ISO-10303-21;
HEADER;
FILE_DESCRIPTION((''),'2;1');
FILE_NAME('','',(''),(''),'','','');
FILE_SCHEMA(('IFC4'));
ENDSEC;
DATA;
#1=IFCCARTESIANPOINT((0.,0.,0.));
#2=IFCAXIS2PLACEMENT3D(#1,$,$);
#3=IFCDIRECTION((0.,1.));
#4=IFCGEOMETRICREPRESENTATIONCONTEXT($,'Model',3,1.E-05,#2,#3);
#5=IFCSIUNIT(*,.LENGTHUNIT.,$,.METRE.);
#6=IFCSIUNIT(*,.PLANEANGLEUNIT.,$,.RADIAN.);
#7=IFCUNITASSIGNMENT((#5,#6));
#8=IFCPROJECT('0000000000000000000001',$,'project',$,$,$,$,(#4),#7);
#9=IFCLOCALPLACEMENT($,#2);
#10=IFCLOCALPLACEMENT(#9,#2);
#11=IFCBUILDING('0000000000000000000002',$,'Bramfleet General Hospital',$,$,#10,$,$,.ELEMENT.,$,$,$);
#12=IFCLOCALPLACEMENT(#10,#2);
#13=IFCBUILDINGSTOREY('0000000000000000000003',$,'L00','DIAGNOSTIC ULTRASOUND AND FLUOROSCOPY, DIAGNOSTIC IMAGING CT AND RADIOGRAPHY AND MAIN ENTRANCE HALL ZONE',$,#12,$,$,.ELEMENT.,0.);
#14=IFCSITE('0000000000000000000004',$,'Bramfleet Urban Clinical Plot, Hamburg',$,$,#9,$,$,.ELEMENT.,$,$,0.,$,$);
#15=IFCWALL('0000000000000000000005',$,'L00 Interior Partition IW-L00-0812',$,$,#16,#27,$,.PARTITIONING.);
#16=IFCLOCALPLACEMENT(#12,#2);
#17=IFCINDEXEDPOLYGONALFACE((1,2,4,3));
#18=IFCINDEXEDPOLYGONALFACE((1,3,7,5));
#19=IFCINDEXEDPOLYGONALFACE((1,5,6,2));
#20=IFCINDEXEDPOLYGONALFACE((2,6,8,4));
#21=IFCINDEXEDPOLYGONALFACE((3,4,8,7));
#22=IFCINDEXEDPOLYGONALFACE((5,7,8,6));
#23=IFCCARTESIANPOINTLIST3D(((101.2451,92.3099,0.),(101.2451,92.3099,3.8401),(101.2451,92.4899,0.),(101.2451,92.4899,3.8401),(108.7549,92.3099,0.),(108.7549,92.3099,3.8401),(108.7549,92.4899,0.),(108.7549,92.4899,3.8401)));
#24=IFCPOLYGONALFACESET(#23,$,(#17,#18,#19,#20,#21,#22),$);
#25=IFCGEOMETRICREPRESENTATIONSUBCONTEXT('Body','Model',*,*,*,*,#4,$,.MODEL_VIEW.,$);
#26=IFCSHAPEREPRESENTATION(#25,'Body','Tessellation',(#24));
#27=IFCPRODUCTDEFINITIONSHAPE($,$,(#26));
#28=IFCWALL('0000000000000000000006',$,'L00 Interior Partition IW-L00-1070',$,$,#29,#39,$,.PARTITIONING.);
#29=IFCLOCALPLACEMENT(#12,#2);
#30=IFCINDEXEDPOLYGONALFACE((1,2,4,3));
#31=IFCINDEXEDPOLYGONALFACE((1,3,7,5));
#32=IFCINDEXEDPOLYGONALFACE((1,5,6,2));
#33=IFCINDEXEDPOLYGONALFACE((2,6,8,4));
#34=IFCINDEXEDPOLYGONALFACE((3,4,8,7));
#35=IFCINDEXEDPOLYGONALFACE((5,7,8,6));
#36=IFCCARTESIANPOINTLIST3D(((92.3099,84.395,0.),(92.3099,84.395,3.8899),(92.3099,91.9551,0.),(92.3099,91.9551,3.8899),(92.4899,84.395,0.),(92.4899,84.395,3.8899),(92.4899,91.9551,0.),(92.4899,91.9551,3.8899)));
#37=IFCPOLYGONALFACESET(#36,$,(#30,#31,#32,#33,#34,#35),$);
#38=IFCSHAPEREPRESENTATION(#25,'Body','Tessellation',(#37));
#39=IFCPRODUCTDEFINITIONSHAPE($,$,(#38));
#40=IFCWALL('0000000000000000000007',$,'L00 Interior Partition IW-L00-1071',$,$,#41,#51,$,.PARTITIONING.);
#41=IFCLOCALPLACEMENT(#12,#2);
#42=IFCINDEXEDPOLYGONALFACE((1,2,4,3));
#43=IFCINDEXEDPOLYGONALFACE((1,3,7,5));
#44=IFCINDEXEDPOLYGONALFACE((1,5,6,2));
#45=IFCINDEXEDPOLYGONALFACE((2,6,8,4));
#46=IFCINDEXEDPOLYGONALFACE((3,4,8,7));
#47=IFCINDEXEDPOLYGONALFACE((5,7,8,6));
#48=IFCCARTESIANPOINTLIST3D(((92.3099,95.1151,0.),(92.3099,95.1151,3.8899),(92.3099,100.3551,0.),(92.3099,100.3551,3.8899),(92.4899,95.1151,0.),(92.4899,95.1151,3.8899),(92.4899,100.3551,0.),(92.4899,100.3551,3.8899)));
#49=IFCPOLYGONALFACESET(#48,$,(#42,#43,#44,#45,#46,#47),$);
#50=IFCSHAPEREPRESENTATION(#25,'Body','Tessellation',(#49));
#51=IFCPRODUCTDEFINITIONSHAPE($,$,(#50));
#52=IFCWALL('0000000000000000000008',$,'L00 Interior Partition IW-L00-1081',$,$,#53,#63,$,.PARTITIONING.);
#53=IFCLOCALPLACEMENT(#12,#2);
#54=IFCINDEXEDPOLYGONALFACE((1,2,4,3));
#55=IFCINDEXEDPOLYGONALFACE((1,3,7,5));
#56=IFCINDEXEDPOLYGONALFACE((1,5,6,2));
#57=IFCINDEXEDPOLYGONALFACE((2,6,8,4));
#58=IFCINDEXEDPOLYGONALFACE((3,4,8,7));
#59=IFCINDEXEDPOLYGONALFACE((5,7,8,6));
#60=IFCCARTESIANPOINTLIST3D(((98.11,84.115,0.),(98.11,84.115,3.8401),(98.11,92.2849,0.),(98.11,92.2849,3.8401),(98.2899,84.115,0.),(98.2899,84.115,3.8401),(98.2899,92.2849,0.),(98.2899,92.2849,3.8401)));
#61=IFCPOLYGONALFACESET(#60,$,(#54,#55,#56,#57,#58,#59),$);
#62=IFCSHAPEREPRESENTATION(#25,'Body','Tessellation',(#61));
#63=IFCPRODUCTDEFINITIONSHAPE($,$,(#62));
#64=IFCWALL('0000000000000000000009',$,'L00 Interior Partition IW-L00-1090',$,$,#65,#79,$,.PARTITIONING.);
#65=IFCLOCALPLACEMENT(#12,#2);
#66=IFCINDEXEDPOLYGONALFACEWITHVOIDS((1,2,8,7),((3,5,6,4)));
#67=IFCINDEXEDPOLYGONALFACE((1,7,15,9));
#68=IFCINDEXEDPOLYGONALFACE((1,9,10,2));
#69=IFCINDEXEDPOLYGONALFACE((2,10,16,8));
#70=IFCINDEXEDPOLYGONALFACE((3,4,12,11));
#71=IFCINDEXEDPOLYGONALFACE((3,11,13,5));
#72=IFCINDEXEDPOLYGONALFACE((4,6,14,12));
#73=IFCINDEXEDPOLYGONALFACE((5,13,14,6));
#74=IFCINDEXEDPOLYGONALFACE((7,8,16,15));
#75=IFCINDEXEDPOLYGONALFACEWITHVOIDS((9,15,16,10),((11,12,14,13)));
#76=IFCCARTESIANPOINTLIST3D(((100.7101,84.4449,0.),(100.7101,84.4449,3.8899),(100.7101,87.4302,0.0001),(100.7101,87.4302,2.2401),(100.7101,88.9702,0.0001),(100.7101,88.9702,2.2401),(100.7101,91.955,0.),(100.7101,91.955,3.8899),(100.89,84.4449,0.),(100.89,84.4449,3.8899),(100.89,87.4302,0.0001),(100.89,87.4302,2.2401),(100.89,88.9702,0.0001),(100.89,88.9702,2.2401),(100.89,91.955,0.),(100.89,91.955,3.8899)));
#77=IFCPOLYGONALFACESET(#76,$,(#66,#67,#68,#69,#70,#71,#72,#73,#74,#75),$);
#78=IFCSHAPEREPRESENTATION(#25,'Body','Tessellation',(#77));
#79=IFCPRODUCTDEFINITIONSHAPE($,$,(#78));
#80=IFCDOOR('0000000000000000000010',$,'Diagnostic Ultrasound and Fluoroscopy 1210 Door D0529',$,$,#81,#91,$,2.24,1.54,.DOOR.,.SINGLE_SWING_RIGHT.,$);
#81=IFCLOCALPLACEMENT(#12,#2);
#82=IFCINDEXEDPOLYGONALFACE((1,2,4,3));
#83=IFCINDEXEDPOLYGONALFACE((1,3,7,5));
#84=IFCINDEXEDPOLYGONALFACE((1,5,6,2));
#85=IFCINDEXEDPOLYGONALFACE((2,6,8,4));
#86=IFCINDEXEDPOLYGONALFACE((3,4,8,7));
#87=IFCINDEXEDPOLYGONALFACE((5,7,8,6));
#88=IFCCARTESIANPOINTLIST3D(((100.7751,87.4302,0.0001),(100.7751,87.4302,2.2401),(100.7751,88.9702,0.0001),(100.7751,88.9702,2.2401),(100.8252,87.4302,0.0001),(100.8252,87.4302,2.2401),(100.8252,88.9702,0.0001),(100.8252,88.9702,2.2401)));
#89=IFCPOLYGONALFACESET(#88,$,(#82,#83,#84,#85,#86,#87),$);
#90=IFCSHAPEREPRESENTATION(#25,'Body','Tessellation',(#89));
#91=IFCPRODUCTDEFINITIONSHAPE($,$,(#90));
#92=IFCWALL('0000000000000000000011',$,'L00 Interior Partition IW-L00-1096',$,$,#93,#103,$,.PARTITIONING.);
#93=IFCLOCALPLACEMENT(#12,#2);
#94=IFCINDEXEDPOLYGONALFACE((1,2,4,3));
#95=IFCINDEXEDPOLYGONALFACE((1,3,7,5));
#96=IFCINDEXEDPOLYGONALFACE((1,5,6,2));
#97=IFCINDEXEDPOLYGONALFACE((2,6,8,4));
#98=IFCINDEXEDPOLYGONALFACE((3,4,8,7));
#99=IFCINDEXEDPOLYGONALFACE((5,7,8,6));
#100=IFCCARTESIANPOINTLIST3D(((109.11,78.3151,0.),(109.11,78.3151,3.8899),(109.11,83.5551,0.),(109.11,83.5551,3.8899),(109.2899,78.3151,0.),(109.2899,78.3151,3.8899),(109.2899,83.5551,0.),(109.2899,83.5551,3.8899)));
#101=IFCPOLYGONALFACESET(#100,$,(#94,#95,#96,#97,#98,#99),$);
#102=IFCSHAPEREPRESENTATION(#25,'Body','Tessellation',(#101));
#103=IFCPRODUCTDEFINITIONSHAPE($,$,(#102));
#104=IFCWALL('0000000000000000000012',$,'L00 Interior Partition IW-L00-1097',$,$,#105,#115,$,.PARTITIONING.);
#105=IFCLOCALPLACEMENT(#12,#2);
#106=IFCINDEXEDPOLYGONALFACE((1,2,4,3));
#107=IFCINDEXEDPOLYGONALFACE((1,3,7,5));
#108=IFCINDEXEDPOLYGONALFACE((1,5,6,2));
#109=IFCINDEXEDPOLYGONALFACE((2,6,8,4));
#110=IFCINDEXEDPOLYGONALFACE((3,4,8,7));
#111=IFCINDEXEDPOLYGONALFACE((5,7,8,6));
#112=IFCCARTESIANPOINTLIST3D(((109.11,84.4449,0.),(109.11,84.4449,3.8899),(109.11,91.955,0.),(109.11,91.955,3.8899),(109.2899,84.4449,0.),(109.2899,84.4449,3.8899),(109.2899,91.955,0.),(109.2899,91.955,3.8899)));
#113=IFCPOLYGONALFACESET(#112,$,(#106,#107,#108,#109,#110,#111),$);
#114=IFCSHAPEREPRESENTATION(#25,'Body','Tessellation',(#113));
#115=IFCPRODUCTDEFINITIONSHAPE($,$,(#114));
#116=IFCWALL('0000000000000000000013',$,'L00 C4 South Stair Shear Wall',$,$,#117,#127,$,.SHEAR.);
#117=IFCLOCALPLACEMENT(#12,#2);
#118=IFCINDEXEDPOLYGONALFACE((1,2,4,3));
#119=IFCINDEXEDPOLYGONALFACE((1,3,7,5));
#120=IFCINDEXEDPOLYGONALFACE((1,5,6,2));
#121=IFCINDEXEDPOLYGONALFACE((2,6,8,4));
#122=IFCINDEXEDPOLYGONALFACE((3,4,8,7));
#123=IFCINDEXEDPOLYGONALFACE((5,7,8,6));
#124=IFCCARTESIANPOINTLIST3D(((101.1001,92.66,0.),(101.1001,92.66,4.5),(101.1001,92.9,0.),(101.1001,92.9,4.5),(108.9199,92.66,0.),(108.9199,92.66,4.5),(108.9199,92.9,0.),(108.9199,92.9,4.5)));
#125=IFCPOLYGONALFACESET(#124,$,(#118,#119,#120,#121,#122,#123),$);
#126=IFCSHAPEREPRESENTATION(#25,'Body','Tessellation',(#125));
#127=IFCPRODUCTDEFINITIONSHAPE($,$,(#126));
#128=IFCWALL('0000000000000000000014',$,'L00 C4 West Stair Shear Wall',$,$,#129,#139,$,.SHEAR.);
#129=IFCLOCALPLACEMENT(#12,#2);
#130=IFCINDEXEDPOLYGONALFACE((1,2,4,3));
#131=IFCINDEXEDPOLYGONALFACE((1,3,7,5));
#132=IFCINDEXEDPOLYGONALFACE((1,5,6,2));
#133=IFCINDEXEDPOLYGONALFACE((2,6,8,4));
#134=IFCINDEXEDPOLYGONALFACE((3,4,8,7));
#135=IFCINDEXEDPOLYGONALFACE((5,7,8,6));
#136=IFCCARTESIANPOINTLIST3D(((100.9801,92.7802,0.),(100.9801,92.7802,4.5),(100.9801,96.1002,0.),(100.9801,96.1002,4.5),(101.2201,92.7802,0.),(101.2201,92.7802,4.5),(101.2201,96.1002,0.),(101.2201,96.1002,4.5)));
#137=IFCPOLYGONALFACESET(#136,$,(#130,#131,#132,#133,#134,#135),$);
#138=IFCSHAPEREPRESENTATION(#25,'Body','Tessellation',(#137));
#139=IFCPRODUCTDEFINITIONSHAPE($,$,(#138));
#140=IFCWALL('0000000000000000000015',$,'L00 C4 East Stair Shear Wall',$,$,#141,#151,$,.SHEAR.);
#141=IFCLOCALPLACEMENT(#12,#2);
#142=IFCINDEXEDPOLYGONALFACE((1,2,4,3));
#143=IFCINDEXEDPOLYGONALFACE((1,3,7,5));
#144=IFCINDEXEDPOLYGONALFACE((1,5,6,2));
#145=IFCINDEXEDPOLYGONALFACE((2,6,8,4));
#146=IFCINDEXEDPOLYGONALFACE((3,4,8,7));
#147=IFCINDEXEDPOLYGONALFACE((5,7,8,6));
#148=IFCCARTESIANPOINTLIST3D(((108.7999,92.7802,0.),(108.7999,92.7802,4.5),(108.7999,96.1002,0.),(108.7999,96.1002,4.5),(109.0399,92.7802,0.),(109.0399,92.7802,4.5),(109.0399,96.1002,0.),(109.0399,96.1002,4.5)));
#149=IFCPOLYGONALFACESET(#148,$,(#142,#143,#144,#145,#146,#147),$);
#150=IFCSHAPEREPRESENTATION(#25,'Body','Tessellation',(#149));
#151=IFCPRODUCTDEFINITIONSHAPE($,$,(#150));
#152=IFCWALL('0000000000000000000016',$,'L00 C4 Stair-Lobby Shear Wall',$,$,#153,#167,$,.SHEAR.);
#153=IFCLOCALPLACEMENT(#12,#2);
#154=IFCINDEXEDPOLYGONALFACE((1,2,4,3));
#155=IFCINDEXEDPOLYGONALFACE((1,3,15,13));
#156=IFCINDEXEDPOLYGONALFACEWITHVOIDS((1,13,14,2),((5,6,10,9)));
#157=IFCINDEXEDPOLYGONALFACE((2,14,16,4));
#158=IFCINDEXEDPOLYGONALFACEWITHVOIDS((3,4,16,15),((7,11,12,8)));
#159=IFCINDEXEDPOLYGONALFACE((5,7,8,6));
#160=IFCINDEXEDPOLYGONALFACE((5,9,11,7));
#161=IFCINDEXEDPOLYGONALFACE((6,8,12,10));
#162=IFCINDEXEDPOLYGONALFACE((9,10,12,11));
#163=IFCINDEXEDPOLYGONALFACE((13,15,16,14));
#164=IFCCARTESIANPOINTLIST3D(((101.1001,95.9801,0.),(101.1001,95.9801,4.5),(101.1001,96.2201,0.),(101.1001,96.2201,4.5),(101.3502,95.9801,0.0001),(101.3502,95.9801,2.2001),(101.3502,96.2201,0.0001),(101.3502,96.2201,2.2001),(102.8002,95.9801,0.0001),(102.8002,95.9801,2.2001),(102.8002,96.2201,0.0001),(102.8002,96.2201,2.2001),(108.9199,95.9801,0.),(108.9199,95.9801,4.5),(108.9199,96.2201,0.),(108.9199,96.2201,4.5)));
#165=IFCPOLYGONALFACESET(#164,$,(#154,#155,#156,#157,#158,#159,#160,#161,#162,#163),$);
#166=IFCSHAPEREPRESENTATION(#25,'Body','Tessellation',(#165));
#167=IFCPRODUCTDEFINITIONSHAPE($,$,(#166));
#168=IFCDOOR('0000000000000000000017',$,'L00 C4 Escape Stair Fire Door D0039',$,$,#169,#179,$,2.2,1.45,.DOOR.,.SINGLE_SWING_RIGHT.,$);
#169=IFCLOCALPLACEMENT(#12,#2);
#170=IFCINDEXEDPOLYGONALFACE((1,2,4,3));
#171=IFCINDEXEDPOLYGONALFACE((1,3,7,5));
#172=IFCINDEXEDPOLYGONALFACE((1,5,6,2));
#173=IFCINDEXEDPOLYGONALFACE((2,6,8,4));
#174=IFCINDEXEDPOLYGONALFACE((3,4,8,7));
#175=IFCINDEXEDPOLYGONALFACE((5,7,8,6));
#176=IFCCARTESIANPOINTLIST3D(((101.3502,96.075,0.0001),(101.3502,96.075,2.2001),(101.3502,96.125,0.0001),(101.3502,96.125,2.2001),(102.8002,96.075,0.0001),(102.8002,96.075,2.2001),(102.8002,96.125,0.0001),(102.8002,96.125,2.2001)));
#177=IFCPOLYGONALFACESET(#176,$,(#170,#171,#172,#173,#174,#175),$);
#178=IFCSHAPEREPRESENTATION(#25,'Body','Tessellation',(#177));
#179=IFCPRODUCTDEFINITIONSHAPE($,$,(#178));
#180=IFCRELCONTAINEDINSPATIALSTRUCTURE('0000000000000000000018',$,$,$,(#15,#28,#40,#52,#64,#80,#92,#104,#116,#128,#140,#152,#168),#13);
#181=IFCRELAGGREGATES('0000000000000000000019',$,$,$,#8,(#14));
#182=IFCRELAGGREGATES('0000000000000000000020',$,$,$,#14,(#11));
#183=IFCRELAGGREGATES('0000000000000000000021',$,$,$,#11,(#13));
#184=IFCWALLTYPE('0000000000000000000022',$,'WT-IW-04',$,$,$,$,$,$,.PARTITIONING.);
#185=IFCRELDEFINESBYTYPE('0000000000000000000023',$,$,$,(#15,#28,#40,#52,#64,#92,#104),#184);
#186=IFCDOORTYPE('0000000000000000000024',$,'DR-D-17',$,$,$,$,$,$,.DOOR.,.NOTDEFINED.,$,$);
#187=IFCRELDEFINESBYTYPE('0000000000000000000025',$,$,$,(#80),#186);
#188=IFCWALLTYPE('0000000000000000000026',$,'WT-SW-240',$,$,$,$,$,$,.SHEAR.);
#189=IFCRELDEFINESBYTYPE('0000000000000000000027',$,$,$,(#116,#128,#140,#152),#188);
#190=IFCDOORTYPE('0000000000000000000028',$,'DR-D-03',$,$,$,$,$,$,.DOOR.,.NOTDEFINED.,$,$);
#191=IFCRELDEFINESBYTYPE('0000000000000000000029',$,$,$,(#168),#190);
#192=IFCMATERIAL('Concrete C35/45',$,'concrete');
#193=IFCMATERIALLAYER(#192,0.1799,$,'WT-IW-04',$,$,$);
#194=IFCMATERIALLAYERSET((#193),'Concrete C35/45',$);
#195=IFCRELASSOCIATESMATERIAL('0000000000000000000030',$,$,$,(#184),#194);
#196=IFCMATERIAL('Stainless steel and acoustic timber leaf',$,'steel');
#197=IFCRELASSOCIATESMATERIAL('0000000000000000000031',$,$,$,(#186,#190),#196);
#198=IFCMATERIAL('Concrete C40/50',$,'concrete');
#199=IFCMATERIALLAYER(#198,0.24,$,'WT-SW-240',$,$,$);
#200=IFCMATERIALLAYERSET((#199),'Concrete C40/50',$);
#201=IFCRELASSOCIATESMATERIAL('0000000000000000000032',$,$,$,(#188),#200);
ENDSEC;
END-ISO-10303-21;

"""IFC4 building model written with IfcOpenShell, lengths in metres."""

from ifc_helpers import new_model, si_unit, direction, frame, frame_2d, origin, place, context, subcontext, project, spatial, rectangle, extrude, material, layer, layer_set, type_object, element, fill, save


model = new_model("IFC4")

# Units and contexts
model_context = context("Model", 3, precision=1e-05, world=origin(), true_north=direction((0.0, 1.0)))
body_context = subcontext(model_context, "Body", "Model", "MODEL_VIEW")
ifc_project = project(units=[si_unit("LENGTHUNIT", "METRE"), si_unit("PLANEANGLEUNIT", "RADIAN")], contexts=[model_context])

# Site, building, storey
site_placement = place(None, origin())
site = spatial("IfcSite", under=ifc_project, at=site_placement, Name="Bramfleet Urban Clinical Plot, Hamburg", CompositionType="ELEMENT", RefElevation=0.0)
building_placement = place(site_placement, origin())
building = spatial("IfcBuilding", under=site, at=building_placement, Name="Bramfleet General Hospital", CompositionType="ELEMENT")
storey_placement = place(building_placement, origin())
storey = spatial("IfcBuildingStorey", under=building, at=storey_placement, Name="L00", Description="DIAGNOSTIC ULTRASOUND AND FLUOROSCOPY, DIAGNOSTIC IMAGING CT AND RADIOGRAPHY AND MAIN ENTRANCE HALL ZONE", CompositionType="ELEMENT", Elevation=0.0)

# Shared definitions
ifc_material_1 = material(Name="Concrete C40/50", Category="concrete")

# Shared definitions
ifc_material_2 = material(Name="Concrete C35/45", Category="concrete")

# Shared definitions
ifc_layer_1 = layer(ifc_material_2, 0.1799, Name="WT-IW-04")
ifc_layer_set_1 = layer_set([ifc_layer_1], Name="Concrete C35/45")
wall_type_1 = type_object("IfcWallType", Name="WT-IW-04", PredefinedType="PARTITIONING", material=ifc_layer_set_1)

# Shared definitions
ifc_material_3 = material(Name="Stainless steel and acoustic timber leaf", Category="steel")

# Walls
wall_1_placement = place(storey_placement, frame((101.2451, 92.3999, 0.0), z_axis=(0.0, 0.0, 1.0), x_axis=(1.0, 0.0, 0.0)))
element("IfcWall", 1, at=wall_1_placement, inside=storey, type_object=wall_type_1, Name="L00 Interior Partition IW-L00-0812", PredefinedType="PARTITIONING", context=body_context, shape_type="SweptSolid", body=[
    extrude(rectangle(XDim=7.5098, YDim=0.1799, at=frame_2d((3.7549, 0.0))), origin(), (0.0, 0.0, 1.0), 3.8401),
])
wall_2_placement = place(storey_placement, frame((92.3999, 84.395, 0.0), z_axis=(0.0, 0.0, 1.0), x_axis=(0.0, 1.0, 0.0)))
element("IfcWall", 2, at=wall_2_placement, inside=storey, type_object=wall_type_1, Name="L00 Interior Partition IW-L00-1070", PredefinedType="PARTITIONING", context=body_context, shape_type="SweptSolid", body=[
    extrude(rectangle(XDim=7.5601, YDim=0.1799, at=frame_2d((3.78, 0.0))), origin(), (0.0, 0.0, 1.0), 3.8899),
])
wall_3_placement = place(storey_placement, frame((92.3999, 95.115, 0.0), z_axis=(0.0, 0.0, 1.0), x_axis=(0.0, 1.0, 0.0)))
element("IfcWall", 3, at=wall_3_placement, inside=storey, type_object=wall_type_1, Name="L00 Interior Partition IW-L00-1071", PredefinedType="PARTITIONING", context=body_context, shape_type="SweptSolid", body=[
    extrude(rectangle(XDim=5.24, YDim=0.1799, at=frame_2d((2.6201, 0.0))), origin(), (0.0, 0.0, 1.0), 3.8899),
])
wall_4_placement = place(storey_placement, frame((98.2, 84.115, 0.0), z_axis=(0.0, 0.0, 1.0), x_axis=(0.0, 1.0, 0.0)))
element("IfcWall", 4, at=wall_4_placement, inside=storey, type_object=wall_type_1, Name="L00 Interior Partition IW-L00-1081", PredefinedType="PARTITIONING", context=body_context, shape_type="SweptSolid", body=[
    extrude(rectangle(XDim=8.1699, YDim=0.1799, at=frame_2d((4.085, 0.0))), origin(), (0.0, 0.0, 1.0), 3.8401),
])

# Wall, opening, door
wall_5_placement = place(storey_placement, frame((100.8, 84.4451, 0.0), z_axis=(0.0, 0.0, 1.0), x_axis=(0.0, 1.0, 0.0)))
wall_5 = element("IfcWall", 5, at=wall_5_placement, inside=storey, type_object=wall_type_1, Name="L00 Interior Partition IW-L00-1090", PredefinedType="PARTITIONING", context=body_context, shape_type="SweptSolid", body=[
    extrude(rectangle(XDim=7.51, YDim=0.1799, at=frame_2d((3.7549, 0.0))), origin(), (0.0, 0.0, 1.0), 3.8899),
])
opening_1_placement = place(wall_5_placement, frame((2.9851, 0.0, 0.0)))
opening_1 = element("IfcOpeningElement", 6, at=opening_1_placement, cuts=wall_5, PredefinedType="OPENING", context=body_context, shape_type="SweptSolid", body=[
    extrude(rectangle(XDim=1.54, YDim=2.24, at=frame_2d((0.77, 1.1201))), frame((0.0, 0.0999, 0.0), z_axis=(0.0, -1.0, 0.0), x_axis=(1.0, 0.0, 0.0)), (0.0, 0.0, 1.0), 0.2),
])
door_type_1 = type_object("IfcDoorType", Name="DR-D-17", OperationType="NOTDEFINED", PredefinedType="DOOR", material=ifc_material_3)
door_1_placement = place(opening_1_placement, origin())
door_1 = element("IfcDoor", 7, at=door_1_placement, inside=storey, type_object=door_type_1, Name="Diagnostic Ultrasound and Fluoroscopy 1210 Door D0529", OperationType="SINGLE_SWING_RIGHT", OverallHeight=2.24, OverallWidth=1.54, PredefinedType="DOOR", context=body_context, shape_type="SweptSolid", body=[
    extrude(rectangle(XDim=1.54, YDim=2.24, at=frame_2d((0.77, 1.1201))), frame((0.0, 0.0249, 0.0), z_axis=(0.0, -1.0, 0.0), x_axis=(1.0, 0.0, 0.0)), (0.0, 0.0, 1.0), 0.05),
])
fill(opening_1, door_1)

# Walls
wall_6_placement = place(storey_placement, frame((109.2, 78.3149, 0.0), z_axis=(0.0, 0.0, 1.0), x_axis=(0.0, 1.0, 0.0)))
element("IfcWall", 8, at=wall_6_placement, inside=storey, type_object=wall_type_1, Name="L00 Interior Partition IW-L00-1096", PredefinedType="PARTITIONING", context=body_context, shape_type="SweptSolid", body=[
    extrude(rectangle(XDim=5.24, YDim=0.1799, at=frame_2d((2.6201, 0.0))), origin(), (0.0, 0.0, 1.0), 3.8899),
])
wall_7_placement = place(storey_placement, frame((109.2, 84.4451, 0.0), z_axis=(0.0, 0.0, 1.0), x_axis=(0.0, 1.0, 0.0)))
element("IfcWall", 9, at=wall_7_placement, inside=storey, type_object=wall_type_1, Name="L00 Interior Partition IW-L00-1097", PredefinedType="PARTITIONING", context=body_context, shape_type="SweptSolid", body=[
    extrude(rectangle(XDim=7.51, YDim=0.1799, at=frame_2d((3.7549, 0.0))), origin(), (0.0, 0.0, 1.0), 3.8899),
])
ifc_layer_2 = layer(ifc_material_1, 0.24, Name="WT-SW-240")
ifc_layer_set_2 = layer_set([ifc_layer_2], Name="Concrete C40/50")
wall_type_2 = type_object("IfcWallType", Name="WT-SW-240", PredefinedType="SHEAR", material=ifc_layer_set_2)
wall_8_placement = place(storey_placement, frame((101.1001, 92.78, 0.0), z_axis=(0.0, 0.0, 1.0), x_axis=(1.0, 0.0, 0.0)))
element("IfcWall", 10, at=wall_8_placement, inside=storey, type_object=wall_type_2, Name="L00 C4 South Stair Shear Wall", PredefinedType="SHEAR", context=body_context, shape_type="SweptSolid", body=[
    extrude(rectangle(XDim=7.8198, YDim=0.24, at=frame_2d((3.9099, 0.0))), origin(), (0.0, 0.0, 1.0), 4.5),
])
for number, where, z_axis, x_axis, name in (
    (11, (101.1001, 92.78, 0.0), (0.0, 0.0, 1.0), (0.0, 1.0, 0.0), "L00 C4 West Stair Shear Wall"),
    (12, (108.9199, 92.78, 0.0), (0.0, 0.0, 1.0), (0.0, 1.0, 0.0), "L00 C4 East Stair Shear Wall"),
):
    element("IfcWall", number, at=place(storey_placement, frame(where, z_axis=z_axis, x_axis=x_axis)), inside=storey, type_object=wall_type_2, Name=name, PredefinedType="SHEAR", context=body_context, shape_type="SweptSolid", body=[
        extrude(rectangle(XDim=3.3201, YDim=0.24, at=frame_2d((1.6602, 0.0))), origin(), (0.0, 0.0, 1.0), 4.5),
    ])

# Wall, opening, door
wall_9_placement = place(storey_placement, frame((101.1001, 96.1001, 0.0), z_axis=(0.0, 0.0, 1.0), x_axis=(1.0, 0.0, 0.0)))
wall_9 = element("IfcWall", 13, at=wall_9_placement, inside=storey, type_object=wall_type_2, Name="L00 C4 Stair-Lobby Shear Wall", PredefinedType="SHEAR", context=body_context, shape_type="SweptSolid", body=[
    extrude(rectangle(XDim=7.8198, YDim=0.24, at=frame_2d((3.9099, 0.0))), origin(), (0.0, 0.0, 1.0), 4.5),
])
opening_2_placement = place(wall_9_placement, frame((0.25, 0.0, 0.0)))
opening_2 = element("IfcOpeningElement", 14, at=opening_2_placement, cuts=wall_9, PredefinedType="OPENING", context=body_context, shape_type="SweptSolid", body=[
    extrude(rectangle(XDim=1.45, YDim=2.2, at=frame_2d((0.7251, 1.1001))), frame((0.0, 0.1299, 0.0), z_axis=(0.0, -1.0, 0.0), x_axis=(1.0, 0.0, 0.0)), (0.0, 0.0, 1.0), 0.26),
])
door_type_2 = type_object("IfcDoorType", Name="DR-D-03", OperationType="NOTDEFINED", PredefinedType="DOOR", material=ifc_material_3)
door_2_placement = place(opening_2_placement, origin())
door_2 = element("IfcDoor", 15, at=door_2_placement, inside=storey, type_object=door_type_2, Name="L00 C4 Escape Stair Fire Door D0039", OperationType="SINGLE_SWING_RIGHT", OverallHeight=2.2, OverallWidth=1.45, PredefinedType="DOOR", context=body_context, shape_type="SweptSolid", body=[
    extrude(rectangle(XDim=1.45, YDim=2.2, at=frame_2d((0.7251, 1.1001))), frame((0.0, 0.0249, 0.0), z_axis=(0.0, -1.0, 0.0), x_axis=(1.0, 0.0, 0.0)), (0.0, 0.0, 1.0), 0.05),
])
fill(opening_2, door_2)

save(model, "model.ifc")
